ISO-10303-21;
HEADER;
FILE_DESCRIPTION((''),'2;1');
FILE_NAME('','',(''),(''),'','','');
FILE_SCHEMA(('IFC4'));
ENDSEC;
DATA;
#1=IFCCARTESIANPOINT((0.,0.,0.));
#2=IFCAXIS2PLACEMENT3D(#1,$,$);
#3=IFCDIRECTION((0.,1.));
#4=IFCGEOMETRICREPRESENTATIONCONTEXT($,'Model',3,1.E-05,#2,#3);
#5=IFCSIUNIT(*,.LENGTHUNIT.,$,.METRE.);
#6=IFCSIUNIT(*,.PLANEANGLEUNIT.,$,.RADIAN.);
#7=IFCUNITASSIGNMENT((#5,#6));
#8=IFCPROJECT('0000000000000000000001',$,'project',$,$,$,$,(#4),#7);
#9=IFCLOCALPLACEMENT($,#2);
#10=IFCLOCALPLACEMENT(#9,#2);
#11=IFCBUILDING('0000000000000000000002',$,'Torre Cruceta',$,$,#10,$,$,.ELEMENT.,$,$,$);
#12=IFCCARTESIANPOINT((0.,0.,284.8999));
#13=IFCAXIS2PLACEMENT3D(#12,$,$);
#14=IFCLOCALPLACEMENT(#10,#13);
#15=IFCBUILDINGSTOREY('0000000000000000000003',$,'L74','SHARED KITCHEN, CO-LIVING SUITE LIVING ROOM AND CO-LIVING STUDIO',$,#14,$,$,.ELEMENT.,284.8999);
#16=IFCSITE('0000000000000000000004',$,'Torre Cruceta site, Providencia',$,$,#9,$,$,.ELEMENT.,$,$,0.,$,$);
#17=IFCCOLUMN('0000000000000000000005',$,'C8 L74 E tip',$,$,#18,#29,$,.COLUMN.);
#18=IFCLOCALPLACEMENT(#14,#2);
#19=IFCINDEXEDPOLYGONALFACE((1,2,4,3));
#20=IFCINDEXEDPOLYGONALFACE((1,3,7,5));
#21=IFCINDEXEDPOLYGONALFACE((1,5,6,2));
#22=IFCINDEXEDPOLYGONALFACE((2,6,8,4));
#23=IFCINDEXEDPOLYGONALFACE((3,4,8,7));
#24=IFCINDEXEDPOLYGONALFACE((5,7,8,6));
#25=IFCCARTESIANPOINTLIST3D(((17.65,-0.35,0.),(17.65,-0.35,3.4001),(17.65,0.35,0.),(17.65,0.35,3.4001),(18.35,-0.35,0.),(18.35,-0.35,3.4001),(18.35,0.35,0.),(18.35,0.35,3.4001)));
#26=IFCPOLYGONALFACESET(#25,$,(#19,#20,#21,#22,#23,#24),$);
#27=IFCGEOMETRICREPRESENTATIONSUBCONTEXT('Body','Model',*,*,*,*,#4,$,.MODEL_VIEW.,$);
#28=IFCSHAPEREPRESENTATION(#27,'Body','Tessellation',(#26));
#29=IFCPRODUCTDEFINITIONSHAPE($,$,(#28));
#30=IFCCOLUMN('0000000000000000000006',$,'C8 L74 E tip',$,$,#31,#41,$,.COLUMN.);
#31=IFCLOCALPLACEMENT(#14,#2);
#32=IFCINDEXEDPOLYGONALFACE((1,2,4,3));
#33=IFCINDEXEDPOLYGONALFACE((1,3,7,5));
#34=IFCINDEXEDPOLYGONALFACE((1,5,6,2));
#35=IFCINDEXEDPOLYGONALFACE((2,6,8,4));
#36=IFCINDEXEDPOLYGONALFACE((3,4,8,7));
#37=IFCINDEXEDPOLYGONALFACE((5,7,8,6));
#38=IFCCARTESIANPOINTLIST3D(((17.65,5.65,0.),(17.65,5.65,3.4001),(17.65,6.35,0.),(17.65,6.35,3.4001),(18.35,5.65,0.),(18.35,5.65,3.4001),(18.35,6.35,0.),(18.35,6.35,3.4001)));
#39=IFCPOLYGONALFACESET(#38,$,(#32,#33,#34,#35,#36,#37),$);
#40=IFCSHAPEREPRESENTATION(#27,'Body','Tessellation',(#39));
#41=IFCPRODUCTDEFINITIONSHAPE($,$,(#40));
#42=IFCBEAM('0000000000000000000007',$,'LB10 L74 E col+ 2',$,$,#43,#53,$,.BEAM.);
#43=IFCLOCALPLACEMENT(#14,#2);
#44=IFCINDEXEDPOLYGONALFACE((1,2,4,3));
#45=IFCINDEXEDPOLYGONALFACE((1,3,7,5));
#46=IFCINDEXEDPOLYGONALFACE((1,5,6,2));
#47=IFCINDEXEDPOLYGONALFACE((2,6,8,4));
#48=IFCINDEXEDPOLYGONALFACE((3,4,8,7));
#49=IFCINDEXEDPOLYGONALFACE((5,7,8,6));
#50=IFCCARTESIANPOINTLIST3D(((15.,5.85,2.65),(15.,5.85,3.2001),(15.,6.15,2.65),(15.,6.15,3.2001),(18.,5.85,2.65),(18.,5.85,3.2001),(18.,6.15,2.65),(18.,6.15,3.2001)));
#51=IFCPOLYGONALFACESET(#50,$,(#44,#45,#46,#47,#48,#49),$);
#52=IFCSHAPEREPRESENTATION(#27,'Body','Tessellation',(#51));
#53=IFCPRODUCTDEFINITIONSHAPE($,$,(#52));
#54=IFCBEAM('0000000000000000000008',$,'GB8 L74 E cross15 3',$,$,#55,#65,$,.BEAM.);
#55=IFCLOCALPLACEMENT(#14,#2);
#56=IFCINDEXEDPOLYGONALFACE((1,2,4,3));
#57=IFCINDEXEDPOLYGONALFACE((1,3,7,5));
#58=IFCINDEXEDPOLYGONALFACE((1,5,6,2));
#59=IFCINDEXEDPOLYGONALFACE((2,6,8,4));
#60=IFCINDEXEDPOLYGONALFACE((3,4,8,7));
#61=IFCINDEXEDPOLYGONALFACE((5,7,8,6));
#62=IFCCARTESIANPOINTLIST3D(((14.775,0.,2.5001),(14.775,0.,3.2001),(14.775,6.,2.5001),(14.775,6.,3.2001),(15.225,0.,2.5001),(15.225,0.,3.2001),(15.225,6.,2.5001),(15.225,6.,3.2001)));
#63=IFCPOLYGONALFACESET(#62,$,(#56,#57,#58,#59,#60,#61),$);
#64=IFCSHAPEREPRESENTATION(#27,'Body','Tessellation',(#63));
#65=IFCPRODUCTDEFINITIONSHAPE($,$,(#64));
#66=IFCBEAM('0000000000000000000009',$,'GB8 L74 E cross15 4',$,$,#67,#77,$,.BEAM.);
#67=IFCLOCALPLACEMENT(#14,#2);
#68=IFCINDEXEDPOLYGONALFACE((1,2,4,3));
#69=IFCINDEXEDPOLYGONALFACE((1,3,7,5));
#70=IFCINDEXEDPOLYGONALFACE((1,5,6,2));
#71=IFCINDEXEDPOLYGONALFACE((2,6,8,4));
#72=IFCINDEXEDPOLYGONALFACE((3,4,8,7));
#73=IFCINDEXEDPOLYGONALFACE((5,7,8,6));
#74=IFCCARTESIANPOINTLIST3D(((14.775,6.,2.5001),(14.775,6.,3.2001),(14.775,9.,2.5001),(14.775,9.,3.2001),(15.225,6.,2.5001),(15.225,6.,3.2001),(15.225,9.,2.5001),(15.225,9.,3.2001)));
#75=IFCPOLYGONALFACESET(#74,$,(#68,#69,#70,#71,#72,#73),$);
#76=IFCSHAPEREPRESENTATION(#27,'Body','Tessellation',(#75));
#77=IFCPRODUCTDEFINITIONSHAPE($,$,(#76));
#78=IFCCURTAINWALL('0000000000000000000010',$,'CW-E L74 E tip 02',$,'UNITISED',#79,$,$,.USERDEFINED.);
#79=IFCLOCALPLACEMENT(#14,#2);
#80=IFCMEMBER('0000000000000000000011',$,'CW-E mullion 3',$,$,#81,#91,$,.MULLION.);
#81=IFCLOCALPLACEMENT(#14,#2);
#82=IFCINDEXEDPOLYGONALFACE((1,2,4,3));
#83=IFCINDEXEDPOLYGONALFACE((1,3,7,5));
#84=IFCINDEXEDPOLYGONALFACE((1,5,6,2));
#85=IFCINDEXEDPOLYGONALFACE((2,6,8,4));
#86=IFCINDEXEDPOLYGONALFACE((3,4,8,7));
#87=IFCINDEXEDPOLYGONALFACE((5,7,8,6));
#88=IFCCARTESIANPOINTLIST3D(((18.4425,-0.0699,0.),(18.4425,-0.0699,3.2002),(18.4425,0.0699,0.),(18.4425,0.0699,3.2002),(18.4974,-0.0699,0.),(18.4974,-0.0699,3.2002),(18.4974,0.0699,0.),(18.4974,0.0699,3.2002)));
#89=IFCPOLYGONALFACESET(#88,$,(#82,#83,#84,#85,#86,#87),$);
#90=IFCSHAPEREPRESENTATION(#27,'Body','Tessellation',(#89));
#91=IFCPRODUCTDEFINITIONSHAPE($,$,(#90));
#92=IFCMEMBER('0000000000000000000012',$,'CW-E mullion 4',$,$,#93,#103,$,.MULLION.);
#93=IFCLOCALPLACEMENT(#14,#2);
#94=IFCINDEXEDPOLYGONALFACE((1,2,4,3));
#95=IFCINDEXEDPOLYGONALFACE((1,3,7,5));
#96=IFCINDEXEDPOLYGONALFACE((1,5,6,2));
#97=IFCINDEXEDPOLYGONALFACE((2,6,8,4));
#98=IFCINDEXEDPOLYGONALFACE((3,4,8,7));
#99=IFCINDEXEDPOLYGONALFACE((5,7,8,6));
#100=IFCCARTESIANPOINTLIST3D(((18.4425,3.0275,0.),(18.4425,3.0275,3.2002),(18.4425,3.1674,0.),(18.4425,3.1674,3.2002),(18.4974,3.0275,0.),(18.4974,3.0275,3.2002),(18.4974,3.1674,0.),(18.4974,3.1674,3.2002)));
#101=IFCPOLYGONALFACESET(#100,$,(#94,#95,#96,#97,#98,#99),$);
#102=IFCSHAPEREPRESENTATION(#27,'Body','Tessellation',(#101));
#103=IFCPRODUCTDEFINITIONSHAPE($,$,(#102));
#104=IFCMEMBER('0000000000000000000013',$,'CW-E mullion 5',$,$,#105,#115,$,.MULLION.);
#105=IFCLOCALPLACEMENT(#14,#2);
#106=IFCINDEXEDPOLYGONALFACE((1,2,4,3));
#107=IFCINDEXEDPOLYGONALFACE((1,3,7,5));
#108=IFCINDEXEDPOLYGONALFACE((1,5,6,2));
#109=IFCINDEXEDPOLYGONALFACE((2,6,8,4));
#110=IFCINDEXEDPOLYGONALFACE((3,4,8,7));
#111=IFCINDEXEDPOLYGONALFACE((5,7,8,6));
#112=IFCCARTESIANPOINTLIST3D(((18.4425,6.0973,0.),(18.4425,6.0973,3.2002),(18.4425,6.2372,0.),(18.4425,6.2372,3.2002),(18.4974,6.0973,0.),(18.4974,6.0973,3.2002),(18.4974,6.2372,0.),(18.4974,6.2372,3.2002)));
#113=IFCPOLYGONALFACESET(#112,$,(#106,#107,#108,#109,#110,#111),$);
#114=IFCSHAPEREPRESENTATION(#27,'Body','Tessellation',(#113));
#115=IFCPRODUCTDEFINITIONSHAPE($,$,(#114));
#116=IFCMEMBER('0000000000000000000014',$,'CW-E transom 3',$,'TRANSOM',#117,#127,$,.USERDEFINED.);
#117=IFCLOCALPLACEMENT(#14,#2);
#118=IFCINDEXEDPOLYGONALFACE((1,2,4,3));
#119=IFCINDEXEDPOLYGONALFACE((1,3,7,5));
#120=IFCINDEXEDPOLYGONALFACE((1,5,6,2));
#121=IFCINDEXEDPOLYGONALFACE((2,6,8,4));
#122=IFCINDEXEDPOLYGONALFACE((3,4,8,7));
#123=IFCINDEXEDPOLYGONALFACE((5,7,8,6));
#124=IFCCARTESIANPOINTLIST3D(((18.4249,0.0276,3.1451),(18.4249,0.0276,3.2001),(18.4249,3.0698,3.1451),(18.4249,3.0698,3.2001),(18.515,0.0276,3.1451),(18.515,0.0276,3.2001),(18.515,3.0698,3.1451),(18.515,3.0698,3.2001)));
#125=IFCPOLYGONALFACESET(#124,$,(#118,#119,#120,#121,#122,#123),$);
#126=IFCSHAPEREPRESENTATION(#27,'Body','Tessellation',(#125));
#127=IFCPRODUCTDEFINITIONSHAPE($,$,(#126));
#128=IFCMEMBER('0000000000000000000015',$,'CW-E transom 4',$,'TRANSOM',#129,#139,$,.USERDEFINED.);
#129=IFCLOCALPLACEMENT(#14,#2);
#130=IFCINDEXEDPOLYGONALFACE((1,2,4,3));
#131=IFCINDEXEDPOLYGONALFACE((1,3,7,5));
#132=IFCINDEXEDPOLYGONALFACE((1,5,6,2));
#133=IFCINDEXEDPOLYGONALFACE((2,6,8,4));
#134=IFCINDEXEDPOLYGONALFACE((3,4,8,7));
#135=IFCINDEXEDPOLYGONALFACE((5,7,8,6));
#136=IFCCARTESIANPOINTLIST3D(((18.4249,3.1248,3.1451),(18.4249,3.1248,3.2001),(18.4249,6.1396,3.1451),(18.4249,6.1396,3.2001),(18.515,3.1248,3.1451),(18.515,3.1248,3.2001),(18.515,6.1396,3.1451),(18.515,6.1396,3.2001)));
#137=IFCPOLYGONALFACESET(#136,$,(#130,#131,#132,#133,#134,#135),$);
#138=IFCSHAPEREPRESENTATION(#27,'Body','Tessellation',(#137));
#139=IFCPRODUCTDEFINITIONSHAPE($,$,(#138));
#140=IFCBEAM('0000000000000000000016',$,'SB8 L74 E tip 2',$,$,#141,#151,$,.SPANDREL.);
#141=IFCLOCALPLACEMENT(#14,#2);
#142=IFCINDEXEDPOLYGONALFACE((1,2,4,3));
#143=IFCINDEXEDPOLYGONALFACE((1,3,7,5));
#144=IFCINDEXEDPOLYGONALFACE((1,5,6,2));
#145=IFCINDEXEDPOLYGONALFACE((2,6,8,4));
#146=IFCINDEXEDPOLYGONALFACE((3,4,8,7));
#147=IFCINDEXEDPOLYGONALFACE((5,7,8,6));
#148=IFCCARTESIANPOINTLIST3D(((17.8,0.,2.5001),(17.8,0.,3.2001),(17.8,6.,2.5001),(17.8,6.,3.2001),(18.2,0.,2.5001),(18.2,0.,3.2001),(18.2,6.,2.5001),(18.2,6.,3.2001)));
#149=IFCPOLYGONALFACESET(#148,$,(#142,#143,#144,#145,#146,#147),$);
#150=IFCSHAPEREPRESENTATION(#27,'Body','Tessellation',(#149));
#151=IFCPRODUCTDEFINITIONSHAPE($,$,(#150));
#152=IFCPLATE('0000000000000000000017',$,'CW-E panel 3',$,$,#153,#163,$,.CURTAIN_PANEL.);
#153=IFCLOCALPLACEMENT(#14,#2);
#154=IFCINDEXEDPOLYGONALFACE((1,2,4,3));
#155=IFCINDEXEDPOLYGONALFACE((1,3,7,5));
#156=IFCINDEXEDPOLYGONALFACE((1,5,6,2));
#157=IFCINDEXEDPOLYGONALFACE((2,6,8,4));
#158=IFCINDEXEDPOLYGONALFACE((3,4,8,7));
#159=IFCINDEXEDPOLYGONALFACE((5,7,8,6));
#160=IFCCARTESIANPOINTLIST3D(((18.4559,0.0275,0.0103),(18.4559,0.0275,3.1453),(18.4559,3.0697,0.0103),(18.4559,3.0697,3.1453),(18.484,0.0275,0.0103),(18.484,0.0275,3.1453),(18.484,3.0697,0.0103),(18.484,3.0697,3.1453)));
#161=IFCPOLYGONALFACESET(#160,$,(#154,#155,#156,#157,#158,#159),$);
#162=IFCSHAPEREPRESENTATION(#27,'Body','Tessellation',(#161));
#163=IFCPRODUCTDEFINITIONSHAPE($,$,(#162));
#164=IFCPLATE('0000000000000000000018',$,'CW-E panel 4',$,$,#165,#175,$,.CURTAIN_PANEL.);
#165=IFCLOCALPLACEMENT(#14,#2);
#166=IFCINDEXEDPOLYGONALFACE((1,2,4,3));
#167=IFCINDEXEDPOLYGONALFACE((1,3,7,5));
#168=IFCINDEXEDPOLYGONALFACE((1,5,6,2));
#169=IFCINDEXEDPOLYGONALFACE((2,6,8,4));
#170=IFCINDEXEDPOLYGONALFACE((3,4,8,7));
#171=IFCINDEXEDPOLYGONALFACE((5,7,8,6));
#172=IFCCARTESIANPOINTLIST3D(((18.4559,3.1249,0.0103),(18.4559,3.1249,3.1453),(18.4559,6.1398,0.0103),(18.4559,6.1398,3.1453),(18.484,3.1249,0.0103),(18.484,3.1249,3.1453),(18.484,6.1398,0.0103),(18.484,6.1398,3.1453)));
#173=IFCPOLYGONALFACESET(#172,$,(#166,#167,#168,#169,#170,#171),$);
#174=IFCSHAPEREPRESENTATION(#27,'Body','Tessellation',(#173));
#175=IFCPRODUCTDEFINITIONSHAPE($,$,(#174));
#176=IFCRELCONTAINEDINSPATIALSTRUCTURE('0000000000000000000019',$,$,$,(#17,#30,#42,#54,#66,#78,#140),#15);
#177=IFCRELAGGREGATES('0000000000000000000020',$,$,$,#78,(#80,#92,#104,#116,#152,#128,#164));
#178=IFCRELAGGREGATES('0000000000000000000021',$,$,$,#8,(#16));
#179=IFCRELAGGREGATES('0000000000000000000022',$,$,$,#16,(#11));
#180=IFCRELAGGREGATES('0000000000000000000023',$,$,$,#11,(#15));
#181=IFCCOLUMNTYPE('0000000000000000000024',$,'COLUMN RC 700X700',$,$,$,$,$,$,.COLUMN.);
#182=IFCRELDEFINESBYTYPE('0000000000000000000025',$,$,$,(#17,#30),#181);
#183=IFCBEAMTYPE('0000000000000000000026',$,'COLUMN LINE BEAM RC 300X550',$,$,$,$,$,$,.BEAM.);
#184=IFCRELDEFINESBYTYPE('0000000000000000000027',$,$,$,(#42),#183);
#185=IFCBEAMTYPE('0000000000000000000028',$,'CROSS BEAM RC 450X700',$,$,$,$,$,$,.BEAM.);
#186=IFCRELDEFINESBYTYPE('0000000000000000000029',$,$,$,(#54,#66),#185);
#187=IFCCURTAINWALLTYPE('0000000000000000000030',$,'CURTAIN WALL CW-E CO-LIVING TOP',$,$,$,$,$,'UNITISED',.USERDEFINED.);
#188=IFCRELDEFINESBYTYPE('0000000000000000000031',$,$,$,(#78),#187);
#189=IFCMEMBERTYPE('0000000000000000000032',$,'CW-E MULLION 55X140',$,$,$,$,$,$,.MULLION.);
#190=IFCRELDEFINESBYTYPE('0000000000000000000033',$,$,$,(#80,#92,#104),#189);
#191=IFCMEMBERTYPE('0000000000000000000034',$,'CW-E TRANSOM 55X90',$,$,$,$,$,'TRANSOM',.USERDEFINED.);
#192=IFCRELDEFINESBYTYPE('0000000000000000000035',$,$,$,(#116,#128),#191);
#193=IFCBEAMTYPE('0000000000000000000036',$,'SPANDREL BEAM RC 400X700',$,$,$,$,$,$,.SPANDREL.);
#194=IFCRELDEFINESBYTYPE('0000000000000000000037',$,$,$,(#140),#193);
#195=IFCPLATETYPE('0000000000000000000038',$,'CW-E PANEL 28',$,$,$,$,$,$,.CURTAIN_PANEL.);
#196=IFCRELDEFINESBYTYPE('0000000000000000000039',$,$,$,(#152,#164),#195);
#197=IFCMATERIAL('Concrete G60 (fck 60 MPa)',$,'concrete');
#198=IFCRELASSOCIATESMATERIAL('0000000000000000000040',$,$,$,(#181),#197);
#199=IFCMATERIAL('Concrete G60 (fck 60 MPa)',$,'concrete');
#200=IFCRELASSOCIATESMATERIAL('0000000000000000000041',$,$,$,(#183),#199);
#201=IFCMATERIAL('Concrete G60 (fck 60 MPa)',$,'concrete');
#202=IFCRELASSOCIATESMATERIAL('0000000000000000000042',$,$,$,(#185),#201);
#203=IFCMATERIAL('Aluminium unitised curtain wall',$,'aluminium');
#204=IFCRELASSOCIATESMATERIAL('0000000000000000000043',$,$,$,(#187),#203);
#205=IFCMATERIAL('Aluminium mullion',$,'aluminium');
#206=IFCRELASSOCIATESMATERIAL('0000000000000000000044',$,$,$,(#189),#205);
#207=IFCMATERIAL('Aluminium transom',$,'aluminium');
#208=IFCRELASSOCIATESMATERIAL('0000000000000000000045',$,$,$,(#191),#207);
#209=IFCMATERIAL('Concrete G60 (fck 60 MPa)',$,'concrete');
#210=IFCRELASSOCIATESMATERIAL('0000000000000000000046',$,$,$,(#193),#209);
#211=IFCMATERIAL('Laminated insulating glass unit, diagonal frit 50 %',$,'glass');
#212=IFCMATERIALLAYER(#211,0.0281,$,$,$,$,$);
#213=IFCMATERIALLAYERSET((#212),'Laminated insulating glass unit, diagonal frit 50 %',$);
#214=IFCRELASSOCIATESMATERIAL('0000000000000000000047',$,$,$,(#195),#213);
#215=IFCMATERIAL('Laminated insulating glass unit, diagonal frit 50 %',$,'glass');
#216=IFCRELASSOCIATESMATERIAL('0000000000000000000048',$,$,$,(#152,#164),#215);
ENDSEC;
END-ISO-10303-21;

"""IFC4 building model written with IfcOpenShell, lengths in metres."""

from ifc_helpers import new_model, si_unit, direction, frame, origin, origin_2d, place, context, subcontext, project, spatial, rectangle, extrude, material, layer, layer_set, material_profile, profile_set, type_object, element, aggregate, save


model = new_model("IFC4")

# Units and contexts
model_context = context("Model", 3, precision=1e-05, world=origin(), true_north=direction((0.0, 1.0)))
body_context = subcontext(model_context, "Body", "Model", "MODEL_VIEW")
ifc_project = project(units=[si_unit("LENGTHUNIT", "METRE"), si_unit("PLANEANGLEUNIT", "RADIAN")], contexts=[model_context])

# Site, building, storey
site_placement = place(None, origin())
site = spatial("IfcSite", under=ifc_project, at=site_placement, Name="Torre Cruceta site, Providencia", CompositionType="ELEMENT", RefElevation=0.0)
building_placement = place(site_placement, origin())
building = spatial("IfcBuilding", under=site, at=building_placement, Name="Torre Cruceta", CompositionType="ELEMENT")
storey_placement = place(building_placement, frame((0.0, 0.0, 284.8999)))
storey = spatial("IfcBuildingStorey", under=building, at=storey_placement, Name="L74", Description="SHARED KITCHEN, CO-LIVING SUITE LIVING ROOM AND CO-LIVING STUDIO", CompositionType="ELEMENT", Elevation=284.8999)

# Columns
ifc_material_1 = material(Name="Concrete G60 (fck 60 MPa)", Category="concrete")
ifc_material_profile_1 = material_profile(ifc_material_1, rectangle(XDim=0.7, YDim=0.7, at=origin_2d()), Name="RC 700X700")
ifc_profile_set_1 = profile_set([ifc_material_profile_1], Name="Concrete G60 (fck 60 MPa)")
column_type = type_object("IfcColumnType", Name="COLUMN RC 700X700", PredefinedType="COLUMN", material=ifc_profile_set_1)
for number, where, z_axis, x_axis, name in (
    (1, (18.0, 0.0, 0.0), (0.0, 0.0, 1.0), (1.0, 0.0, 0.0), "C8 L74 E tip"),
    (2, (18.0, 6.0, 0.0), (0.0, 0.0, 1.0), (1.0, 0.0, 0.0), "C8 L74 E tip"),
):
    element("IfcColumn", number, at=place(storey_placement, frame(where, z_axis=z_axis, x_axis=x_axis)), inside=storey, type_object=column_type, Name=name, PredefinedType="COLUMN", context=body_context, shape_type="SweptSolid", body=[
        extrude(rectangle(XDim=0.7, YDim=0.7, at=origin_2d()), origin(), (0.0, 0.0, 1.0), 3.4001),
    ])

# Beams
ifc_material_2 = material(Name="Concrete G60 (fck 60 MPa)", Category="concrete")
ifc_material_profile_2 = material_profile(ifc_material_2, rectangle(XDim=0.3, YDim=0.55, at=origin_2d()), Name="RC 300X550")
ifc_profile_set_2 = profile_set([ifc_material_profile_2], Name="Concrete G60 (fck 60 MPa)")
beam_type_1 = type_object("IfcBeamType", Name="COLUMN LINE BEAM RC 300X550", PredefinedType="BEAM", material=ifc_profile_set_2)
beam_1_placement = place(storey_placement, frame((15.0, 6.0, 2.925), z_axis=(1.0, 0.0, 0.0), x_axis=(0.0, 1.0, 0.0)))
element("IfcBeam", 3, at=beam_1_placement, inside=storey, type_object=beam_type_1, Name="LB10 L74 E col+ 2", PredefinedType="BEAM", context=body_context, shape_type="SweptSolid", body=[
    extrude(rectangle(XDim=0.3, YDim=0.55, at=origin_2d()), origin(), (0.0, 0.0, 1.0), 3.0),
])
ifc_material_3 = material(Name="Concrete G60 (fck 60 MPa)", Category="concrete")
ifc_material_profile_3 = material_profile(ifc_material_3, rectangle(XDim=0.45, YDim=0.7, at=origin_2d()), Name="RC 450X700")
ifc_profile_set_3 = profile_set([ifc_material_profile_3], Name="Concrete G60 (fck 60 MPa)")
beam_type_2 = type_object("IfcBeamType", Name="CROSS BEAM RC 450X700", PredefinedType="BEAM", material=ifc_profile_set_3)
beam_2_placement = place(storey_placement, frame((15.0, 0.0, 2.8501), z_axis=(0.0, 1.0, 0.0), x_axis=(-1.0, 0.0, 0.0)))
element("IfcBeam", 4, at=beam_2_placement, inside=storey, type_object=beam_type_2, Name="GB8 L74 E cross15 3", PredefinedType="BEAM", context=body_context, shape_type="SweptSolid", body=[
    extrude(rectangle(XDim=0.45, YDim=0.7, at=origin_2d()), origin(), (0.0, 0.0, 1.0), 6.0),
])
beam_3_placement = place(storey_placement, frame((15.0, 6.0, 2.8501), z_axis=(0.0, 1.0, 0.0), x_axis=(-1.0, 0.0, 0.0)))
element("IfcBeam", 5, at=beam_3_placement, inside=storey, type_object=beam_type_2, Name="GB8 L74 E cross15 4", PredefinedType="BEAM", context=body_context, shape_type="SweptSolid", body=[
    extrude(rectangle(XDim=0.45, YDim=0.7, at=origin_2d()), origin(), (0.0, 0.0, 1.0), 3.0),
])

# Curtain wall, members
ifc_material_4 = material(Name="Aluminium unitised curtain wall", Category="aluminium")
curtain_wall_type = type_object("IfcCurtainWallType", Name="CURTAIN WALL CW-E CO-LIVING TOP", ElementType="UNITISED", PredefinedType="USERDEFINED", material=ifc_material_4)
curtain_wall_placement = place(storey_placement, origin())
curtain_wall = element("IfcCurtainWall", 6, at=curtain_wall_placement, inside=storey, type_object=curtain_wall_type, Name="CW-E L74 E tip 02", ObjectType="UNITISED", PredefinedType="USERDEFINED")
ifc_material_5 = material(Name="Aluminium mullion", Category="aluminium")
ifc_material_profile_4 = material_profile(ifc_material_5, rectangle(XDim=0.0549, YDim=0.1399, at=origin_2d()), Name="AL 55X140")
ifc_profile_set_4 = profile_set([ifc_material_profile_4], Name="Aluminium mullion")
member_type_1 = type_object("IfcMemberType", Name="CW-E MULLION 55X140", PredefinedType="MULLION", material=ifc_profile_set_4)
member_1_placement = place(storey_placement, frame((18.47, 0.0, 0.0), z_axis=(0.0, 0.0, 1.0), x_axis=(-1.0, 0.0, 0.0)))
member_1 = element("IfcMember", 7, at=member_1_placement, type_object=member_type_1, Name="CW-E mullion 3", PredefinedType="MULLION", context=body_context, shape_type="SweptSolid", body=[
    extrude(rectangle(XDim=0.0549, YDim=0.1399, at=origin_2d()), origin(), (0.0, 0.0, 1.0), 3.2002),
])
member_2_placement = place(storey_placement, frame((18.47, 3.0974, 0.0), z_axis=(0.0, 0.0, 1.0), x_axis=(-1.0, 0.0, 0.0)))
member_2 = element("IfcMember", 8, at=member_2_placement, type_object=member_type_1, Name="CW-E mullion 4", PredefinedType="MULLION", context=body_context, shape_type="SweptSolid", body=[
    extrude(rectangle(XDim=0.0549, YDim=0.1399, at=origin_2d()), origin(), (0.0, 0.0, 1.0), 3.2002),
])
member_3_placement = place(storey_placement, frame((18.47, 6.1672, 0.0), z_axis=(0.0, 0.0, 1.0), x_axis=(-1.0, 0.0, 0.0)))
member_3 = element("IfcMember", 9, at=member_3_placement, type_object=member_type_1, Name="CW-E mullion 5", PredefinedType="MULLION", context=body_context, shape_type="SweptSolid", body=[
    extrude(rectangle(XDim=0.0549, YDim=0.1399, at=origin_2d()), origin(), (0.0, 0.0, 1.0), 3.2002),
])
ifc_material_6 = material(Name="Aluminium transom", Category="aluminium")
ifc_material_profile_5 = material_profile(ifc_material_6, rectangle(XDim=0.0901, YDim=0.0549, at=origin_2d()), Name="AL 90X55")
ifc_profile_set_5 = profile_set([ifc_material_profile_5], Name="Aluminium transom")
member_type_2 = type_object("IfcMemberType", Name="CW-E TRANSOM 55X90", ElementType="TRANSOM", PredefinedType="USERDEFINED", material=ifc_profile_set_5)
member_4_placement = place(storey_placement, frame((18.47, 0.0276, 3.1726), z_axis=(0.0, 1.0, 0.0), x_axis=(-1.0, 0.0, 0.0)))
member_4 = element("IfcMember", 10, at=member_4_placement, type_object=member_type_2, Name="CW-E transom 3", ObjectType="TRANSOM", PredefinedType="USERDEFINED", context=body_context, shape_type="SweptSolid", body=[
    extrude(rectangle(XDim=0.0901, YDim=0.0549, at=origin_2d()), origin(), (0.0, 0.0, 1.0), 3.0422),
])
member_5_placement = place(storey_placement, frame((18.47, 3.1248, 3.1726), z_axis=(0.0, 1.0, 0.0), x_axis=(-1.0, 0.0, 0.0)))
member_5 = element("IfcMember", 11, at=member_5_placement, type_object=member_type_2, Name="CW-E transom 4", ObjectType="TRANSOM", PredefinedType="USERDEFINED", context=body_context, shape_type="SweptSolid", body=[
    extrude(rectangle(XDim=0.0901, YDim=0.0549, at=origin_2d()), origin(), (0.0, 0.0, 1.0), 3.0149),
])

# Beam
ifc_material_7 = material(Name="Concrete G60 (fck 60 MPa)", Category="concrete")
ifc_material_profile_6 = material_profile(ifc_material_7, rectangle(XDim=0.3999, YDim=0.7, at=origin_2d()), Name="RC 400X700")
ifc_profile_set_6 = profile_set([ifc_material_profile_6], Name="Concrete G60 (fck 60 MPa)")
beam_type_3 = type_object("IfcBeamType", Name="SPANDREL BEAM RC 400X700", PredefinedType="SPANDREL", material=ifc_profile_set_6)
beam_4_placement = place(storey_placement, frame((18.0, 0.0, 2.8501), z_axis=(0.0, 1.0, 0.0), x_axis=(-1.0, 0.0, 0.0)))
element("IfcBeam", 12, at=beam_4_placement, inside=storey, type_object=beam_type_3, Name="SB8 L74 E tip 2", PredefinedType="SPANDREL", context=body_context, shape_type="SweptSolid", body=[
    extrude(rectangle(XDim=0.3999, YDim=0.7, at=origin_2d()), origin(), (0.0, 0.0, 1.0), 6.0),
])

# Plates
ifc_material_8 = material(Name="Laminated insulating glass unit, diagonal frit 50 %", Category="glass")
ifc_material_9 = material(Name="Laminated insulating glass unit, diagonal frit 50 %", Category="glass")
ifc_layer_1 = layer(ifc_material_9, 0.0281)
ifc_layer_set_1 = layer_set([ifc_layer_1], Name="Laminated insulating glass unit, diagonal frit 50 %")
plate_type = type_object("IfcPlateType", Name="CW-E PANEL 28", PredefinedType="CURTAIN_PANEL", material=ifc_layer_set_1)
plate_1_placement = place(storey_placement, frame((18.47, 1.5486, 0.0103), z_axis=(0.0, 0.0, 1.0), x_axis=(0.0, 1.0, 0.0)))
plate_1 = element("IfcPlate", 13, at=plate_1_placement, type_object=plate_type, material=ifc_material_8, Name="CW-E panel 3", PredefinedType="CURTAIN_PANEL", context=body_context, shape_type="SweptSolid", body=[
    extrude(rectangle(XDim=3.0422, YDim=0.0281, at=origin_2d()), origin(), (0.0, 0.0, 1.0), 3.135),
])
plate_2_placement = place(storey_placement, frame((18.47, 4.6323, 0.0103), z_axis=(0.0, 0.0, 1.0), x_axis=(0.0, 1.0, 0.0)))
plate_2 = element("IfcPlate", 14, at=plate_2_placement, type_object=plate_type, material=ifc_material_8, Name="CW-E panel 4", PredefinedType="CURTAIN_PANEL", context=body_context, shape_type="SweptSolid", body=[
    extrude(rectangle(XDim=3.0149, YDim=0.0281, at=origin_2d()), origin(), (0.0, 0.0, 1.0), 3.135),
])
aggregate(curtain_wall, [member_1, member_2, member_3, member_4, plate_1, member_5, plate_2])

save(model, "model.ifc")
